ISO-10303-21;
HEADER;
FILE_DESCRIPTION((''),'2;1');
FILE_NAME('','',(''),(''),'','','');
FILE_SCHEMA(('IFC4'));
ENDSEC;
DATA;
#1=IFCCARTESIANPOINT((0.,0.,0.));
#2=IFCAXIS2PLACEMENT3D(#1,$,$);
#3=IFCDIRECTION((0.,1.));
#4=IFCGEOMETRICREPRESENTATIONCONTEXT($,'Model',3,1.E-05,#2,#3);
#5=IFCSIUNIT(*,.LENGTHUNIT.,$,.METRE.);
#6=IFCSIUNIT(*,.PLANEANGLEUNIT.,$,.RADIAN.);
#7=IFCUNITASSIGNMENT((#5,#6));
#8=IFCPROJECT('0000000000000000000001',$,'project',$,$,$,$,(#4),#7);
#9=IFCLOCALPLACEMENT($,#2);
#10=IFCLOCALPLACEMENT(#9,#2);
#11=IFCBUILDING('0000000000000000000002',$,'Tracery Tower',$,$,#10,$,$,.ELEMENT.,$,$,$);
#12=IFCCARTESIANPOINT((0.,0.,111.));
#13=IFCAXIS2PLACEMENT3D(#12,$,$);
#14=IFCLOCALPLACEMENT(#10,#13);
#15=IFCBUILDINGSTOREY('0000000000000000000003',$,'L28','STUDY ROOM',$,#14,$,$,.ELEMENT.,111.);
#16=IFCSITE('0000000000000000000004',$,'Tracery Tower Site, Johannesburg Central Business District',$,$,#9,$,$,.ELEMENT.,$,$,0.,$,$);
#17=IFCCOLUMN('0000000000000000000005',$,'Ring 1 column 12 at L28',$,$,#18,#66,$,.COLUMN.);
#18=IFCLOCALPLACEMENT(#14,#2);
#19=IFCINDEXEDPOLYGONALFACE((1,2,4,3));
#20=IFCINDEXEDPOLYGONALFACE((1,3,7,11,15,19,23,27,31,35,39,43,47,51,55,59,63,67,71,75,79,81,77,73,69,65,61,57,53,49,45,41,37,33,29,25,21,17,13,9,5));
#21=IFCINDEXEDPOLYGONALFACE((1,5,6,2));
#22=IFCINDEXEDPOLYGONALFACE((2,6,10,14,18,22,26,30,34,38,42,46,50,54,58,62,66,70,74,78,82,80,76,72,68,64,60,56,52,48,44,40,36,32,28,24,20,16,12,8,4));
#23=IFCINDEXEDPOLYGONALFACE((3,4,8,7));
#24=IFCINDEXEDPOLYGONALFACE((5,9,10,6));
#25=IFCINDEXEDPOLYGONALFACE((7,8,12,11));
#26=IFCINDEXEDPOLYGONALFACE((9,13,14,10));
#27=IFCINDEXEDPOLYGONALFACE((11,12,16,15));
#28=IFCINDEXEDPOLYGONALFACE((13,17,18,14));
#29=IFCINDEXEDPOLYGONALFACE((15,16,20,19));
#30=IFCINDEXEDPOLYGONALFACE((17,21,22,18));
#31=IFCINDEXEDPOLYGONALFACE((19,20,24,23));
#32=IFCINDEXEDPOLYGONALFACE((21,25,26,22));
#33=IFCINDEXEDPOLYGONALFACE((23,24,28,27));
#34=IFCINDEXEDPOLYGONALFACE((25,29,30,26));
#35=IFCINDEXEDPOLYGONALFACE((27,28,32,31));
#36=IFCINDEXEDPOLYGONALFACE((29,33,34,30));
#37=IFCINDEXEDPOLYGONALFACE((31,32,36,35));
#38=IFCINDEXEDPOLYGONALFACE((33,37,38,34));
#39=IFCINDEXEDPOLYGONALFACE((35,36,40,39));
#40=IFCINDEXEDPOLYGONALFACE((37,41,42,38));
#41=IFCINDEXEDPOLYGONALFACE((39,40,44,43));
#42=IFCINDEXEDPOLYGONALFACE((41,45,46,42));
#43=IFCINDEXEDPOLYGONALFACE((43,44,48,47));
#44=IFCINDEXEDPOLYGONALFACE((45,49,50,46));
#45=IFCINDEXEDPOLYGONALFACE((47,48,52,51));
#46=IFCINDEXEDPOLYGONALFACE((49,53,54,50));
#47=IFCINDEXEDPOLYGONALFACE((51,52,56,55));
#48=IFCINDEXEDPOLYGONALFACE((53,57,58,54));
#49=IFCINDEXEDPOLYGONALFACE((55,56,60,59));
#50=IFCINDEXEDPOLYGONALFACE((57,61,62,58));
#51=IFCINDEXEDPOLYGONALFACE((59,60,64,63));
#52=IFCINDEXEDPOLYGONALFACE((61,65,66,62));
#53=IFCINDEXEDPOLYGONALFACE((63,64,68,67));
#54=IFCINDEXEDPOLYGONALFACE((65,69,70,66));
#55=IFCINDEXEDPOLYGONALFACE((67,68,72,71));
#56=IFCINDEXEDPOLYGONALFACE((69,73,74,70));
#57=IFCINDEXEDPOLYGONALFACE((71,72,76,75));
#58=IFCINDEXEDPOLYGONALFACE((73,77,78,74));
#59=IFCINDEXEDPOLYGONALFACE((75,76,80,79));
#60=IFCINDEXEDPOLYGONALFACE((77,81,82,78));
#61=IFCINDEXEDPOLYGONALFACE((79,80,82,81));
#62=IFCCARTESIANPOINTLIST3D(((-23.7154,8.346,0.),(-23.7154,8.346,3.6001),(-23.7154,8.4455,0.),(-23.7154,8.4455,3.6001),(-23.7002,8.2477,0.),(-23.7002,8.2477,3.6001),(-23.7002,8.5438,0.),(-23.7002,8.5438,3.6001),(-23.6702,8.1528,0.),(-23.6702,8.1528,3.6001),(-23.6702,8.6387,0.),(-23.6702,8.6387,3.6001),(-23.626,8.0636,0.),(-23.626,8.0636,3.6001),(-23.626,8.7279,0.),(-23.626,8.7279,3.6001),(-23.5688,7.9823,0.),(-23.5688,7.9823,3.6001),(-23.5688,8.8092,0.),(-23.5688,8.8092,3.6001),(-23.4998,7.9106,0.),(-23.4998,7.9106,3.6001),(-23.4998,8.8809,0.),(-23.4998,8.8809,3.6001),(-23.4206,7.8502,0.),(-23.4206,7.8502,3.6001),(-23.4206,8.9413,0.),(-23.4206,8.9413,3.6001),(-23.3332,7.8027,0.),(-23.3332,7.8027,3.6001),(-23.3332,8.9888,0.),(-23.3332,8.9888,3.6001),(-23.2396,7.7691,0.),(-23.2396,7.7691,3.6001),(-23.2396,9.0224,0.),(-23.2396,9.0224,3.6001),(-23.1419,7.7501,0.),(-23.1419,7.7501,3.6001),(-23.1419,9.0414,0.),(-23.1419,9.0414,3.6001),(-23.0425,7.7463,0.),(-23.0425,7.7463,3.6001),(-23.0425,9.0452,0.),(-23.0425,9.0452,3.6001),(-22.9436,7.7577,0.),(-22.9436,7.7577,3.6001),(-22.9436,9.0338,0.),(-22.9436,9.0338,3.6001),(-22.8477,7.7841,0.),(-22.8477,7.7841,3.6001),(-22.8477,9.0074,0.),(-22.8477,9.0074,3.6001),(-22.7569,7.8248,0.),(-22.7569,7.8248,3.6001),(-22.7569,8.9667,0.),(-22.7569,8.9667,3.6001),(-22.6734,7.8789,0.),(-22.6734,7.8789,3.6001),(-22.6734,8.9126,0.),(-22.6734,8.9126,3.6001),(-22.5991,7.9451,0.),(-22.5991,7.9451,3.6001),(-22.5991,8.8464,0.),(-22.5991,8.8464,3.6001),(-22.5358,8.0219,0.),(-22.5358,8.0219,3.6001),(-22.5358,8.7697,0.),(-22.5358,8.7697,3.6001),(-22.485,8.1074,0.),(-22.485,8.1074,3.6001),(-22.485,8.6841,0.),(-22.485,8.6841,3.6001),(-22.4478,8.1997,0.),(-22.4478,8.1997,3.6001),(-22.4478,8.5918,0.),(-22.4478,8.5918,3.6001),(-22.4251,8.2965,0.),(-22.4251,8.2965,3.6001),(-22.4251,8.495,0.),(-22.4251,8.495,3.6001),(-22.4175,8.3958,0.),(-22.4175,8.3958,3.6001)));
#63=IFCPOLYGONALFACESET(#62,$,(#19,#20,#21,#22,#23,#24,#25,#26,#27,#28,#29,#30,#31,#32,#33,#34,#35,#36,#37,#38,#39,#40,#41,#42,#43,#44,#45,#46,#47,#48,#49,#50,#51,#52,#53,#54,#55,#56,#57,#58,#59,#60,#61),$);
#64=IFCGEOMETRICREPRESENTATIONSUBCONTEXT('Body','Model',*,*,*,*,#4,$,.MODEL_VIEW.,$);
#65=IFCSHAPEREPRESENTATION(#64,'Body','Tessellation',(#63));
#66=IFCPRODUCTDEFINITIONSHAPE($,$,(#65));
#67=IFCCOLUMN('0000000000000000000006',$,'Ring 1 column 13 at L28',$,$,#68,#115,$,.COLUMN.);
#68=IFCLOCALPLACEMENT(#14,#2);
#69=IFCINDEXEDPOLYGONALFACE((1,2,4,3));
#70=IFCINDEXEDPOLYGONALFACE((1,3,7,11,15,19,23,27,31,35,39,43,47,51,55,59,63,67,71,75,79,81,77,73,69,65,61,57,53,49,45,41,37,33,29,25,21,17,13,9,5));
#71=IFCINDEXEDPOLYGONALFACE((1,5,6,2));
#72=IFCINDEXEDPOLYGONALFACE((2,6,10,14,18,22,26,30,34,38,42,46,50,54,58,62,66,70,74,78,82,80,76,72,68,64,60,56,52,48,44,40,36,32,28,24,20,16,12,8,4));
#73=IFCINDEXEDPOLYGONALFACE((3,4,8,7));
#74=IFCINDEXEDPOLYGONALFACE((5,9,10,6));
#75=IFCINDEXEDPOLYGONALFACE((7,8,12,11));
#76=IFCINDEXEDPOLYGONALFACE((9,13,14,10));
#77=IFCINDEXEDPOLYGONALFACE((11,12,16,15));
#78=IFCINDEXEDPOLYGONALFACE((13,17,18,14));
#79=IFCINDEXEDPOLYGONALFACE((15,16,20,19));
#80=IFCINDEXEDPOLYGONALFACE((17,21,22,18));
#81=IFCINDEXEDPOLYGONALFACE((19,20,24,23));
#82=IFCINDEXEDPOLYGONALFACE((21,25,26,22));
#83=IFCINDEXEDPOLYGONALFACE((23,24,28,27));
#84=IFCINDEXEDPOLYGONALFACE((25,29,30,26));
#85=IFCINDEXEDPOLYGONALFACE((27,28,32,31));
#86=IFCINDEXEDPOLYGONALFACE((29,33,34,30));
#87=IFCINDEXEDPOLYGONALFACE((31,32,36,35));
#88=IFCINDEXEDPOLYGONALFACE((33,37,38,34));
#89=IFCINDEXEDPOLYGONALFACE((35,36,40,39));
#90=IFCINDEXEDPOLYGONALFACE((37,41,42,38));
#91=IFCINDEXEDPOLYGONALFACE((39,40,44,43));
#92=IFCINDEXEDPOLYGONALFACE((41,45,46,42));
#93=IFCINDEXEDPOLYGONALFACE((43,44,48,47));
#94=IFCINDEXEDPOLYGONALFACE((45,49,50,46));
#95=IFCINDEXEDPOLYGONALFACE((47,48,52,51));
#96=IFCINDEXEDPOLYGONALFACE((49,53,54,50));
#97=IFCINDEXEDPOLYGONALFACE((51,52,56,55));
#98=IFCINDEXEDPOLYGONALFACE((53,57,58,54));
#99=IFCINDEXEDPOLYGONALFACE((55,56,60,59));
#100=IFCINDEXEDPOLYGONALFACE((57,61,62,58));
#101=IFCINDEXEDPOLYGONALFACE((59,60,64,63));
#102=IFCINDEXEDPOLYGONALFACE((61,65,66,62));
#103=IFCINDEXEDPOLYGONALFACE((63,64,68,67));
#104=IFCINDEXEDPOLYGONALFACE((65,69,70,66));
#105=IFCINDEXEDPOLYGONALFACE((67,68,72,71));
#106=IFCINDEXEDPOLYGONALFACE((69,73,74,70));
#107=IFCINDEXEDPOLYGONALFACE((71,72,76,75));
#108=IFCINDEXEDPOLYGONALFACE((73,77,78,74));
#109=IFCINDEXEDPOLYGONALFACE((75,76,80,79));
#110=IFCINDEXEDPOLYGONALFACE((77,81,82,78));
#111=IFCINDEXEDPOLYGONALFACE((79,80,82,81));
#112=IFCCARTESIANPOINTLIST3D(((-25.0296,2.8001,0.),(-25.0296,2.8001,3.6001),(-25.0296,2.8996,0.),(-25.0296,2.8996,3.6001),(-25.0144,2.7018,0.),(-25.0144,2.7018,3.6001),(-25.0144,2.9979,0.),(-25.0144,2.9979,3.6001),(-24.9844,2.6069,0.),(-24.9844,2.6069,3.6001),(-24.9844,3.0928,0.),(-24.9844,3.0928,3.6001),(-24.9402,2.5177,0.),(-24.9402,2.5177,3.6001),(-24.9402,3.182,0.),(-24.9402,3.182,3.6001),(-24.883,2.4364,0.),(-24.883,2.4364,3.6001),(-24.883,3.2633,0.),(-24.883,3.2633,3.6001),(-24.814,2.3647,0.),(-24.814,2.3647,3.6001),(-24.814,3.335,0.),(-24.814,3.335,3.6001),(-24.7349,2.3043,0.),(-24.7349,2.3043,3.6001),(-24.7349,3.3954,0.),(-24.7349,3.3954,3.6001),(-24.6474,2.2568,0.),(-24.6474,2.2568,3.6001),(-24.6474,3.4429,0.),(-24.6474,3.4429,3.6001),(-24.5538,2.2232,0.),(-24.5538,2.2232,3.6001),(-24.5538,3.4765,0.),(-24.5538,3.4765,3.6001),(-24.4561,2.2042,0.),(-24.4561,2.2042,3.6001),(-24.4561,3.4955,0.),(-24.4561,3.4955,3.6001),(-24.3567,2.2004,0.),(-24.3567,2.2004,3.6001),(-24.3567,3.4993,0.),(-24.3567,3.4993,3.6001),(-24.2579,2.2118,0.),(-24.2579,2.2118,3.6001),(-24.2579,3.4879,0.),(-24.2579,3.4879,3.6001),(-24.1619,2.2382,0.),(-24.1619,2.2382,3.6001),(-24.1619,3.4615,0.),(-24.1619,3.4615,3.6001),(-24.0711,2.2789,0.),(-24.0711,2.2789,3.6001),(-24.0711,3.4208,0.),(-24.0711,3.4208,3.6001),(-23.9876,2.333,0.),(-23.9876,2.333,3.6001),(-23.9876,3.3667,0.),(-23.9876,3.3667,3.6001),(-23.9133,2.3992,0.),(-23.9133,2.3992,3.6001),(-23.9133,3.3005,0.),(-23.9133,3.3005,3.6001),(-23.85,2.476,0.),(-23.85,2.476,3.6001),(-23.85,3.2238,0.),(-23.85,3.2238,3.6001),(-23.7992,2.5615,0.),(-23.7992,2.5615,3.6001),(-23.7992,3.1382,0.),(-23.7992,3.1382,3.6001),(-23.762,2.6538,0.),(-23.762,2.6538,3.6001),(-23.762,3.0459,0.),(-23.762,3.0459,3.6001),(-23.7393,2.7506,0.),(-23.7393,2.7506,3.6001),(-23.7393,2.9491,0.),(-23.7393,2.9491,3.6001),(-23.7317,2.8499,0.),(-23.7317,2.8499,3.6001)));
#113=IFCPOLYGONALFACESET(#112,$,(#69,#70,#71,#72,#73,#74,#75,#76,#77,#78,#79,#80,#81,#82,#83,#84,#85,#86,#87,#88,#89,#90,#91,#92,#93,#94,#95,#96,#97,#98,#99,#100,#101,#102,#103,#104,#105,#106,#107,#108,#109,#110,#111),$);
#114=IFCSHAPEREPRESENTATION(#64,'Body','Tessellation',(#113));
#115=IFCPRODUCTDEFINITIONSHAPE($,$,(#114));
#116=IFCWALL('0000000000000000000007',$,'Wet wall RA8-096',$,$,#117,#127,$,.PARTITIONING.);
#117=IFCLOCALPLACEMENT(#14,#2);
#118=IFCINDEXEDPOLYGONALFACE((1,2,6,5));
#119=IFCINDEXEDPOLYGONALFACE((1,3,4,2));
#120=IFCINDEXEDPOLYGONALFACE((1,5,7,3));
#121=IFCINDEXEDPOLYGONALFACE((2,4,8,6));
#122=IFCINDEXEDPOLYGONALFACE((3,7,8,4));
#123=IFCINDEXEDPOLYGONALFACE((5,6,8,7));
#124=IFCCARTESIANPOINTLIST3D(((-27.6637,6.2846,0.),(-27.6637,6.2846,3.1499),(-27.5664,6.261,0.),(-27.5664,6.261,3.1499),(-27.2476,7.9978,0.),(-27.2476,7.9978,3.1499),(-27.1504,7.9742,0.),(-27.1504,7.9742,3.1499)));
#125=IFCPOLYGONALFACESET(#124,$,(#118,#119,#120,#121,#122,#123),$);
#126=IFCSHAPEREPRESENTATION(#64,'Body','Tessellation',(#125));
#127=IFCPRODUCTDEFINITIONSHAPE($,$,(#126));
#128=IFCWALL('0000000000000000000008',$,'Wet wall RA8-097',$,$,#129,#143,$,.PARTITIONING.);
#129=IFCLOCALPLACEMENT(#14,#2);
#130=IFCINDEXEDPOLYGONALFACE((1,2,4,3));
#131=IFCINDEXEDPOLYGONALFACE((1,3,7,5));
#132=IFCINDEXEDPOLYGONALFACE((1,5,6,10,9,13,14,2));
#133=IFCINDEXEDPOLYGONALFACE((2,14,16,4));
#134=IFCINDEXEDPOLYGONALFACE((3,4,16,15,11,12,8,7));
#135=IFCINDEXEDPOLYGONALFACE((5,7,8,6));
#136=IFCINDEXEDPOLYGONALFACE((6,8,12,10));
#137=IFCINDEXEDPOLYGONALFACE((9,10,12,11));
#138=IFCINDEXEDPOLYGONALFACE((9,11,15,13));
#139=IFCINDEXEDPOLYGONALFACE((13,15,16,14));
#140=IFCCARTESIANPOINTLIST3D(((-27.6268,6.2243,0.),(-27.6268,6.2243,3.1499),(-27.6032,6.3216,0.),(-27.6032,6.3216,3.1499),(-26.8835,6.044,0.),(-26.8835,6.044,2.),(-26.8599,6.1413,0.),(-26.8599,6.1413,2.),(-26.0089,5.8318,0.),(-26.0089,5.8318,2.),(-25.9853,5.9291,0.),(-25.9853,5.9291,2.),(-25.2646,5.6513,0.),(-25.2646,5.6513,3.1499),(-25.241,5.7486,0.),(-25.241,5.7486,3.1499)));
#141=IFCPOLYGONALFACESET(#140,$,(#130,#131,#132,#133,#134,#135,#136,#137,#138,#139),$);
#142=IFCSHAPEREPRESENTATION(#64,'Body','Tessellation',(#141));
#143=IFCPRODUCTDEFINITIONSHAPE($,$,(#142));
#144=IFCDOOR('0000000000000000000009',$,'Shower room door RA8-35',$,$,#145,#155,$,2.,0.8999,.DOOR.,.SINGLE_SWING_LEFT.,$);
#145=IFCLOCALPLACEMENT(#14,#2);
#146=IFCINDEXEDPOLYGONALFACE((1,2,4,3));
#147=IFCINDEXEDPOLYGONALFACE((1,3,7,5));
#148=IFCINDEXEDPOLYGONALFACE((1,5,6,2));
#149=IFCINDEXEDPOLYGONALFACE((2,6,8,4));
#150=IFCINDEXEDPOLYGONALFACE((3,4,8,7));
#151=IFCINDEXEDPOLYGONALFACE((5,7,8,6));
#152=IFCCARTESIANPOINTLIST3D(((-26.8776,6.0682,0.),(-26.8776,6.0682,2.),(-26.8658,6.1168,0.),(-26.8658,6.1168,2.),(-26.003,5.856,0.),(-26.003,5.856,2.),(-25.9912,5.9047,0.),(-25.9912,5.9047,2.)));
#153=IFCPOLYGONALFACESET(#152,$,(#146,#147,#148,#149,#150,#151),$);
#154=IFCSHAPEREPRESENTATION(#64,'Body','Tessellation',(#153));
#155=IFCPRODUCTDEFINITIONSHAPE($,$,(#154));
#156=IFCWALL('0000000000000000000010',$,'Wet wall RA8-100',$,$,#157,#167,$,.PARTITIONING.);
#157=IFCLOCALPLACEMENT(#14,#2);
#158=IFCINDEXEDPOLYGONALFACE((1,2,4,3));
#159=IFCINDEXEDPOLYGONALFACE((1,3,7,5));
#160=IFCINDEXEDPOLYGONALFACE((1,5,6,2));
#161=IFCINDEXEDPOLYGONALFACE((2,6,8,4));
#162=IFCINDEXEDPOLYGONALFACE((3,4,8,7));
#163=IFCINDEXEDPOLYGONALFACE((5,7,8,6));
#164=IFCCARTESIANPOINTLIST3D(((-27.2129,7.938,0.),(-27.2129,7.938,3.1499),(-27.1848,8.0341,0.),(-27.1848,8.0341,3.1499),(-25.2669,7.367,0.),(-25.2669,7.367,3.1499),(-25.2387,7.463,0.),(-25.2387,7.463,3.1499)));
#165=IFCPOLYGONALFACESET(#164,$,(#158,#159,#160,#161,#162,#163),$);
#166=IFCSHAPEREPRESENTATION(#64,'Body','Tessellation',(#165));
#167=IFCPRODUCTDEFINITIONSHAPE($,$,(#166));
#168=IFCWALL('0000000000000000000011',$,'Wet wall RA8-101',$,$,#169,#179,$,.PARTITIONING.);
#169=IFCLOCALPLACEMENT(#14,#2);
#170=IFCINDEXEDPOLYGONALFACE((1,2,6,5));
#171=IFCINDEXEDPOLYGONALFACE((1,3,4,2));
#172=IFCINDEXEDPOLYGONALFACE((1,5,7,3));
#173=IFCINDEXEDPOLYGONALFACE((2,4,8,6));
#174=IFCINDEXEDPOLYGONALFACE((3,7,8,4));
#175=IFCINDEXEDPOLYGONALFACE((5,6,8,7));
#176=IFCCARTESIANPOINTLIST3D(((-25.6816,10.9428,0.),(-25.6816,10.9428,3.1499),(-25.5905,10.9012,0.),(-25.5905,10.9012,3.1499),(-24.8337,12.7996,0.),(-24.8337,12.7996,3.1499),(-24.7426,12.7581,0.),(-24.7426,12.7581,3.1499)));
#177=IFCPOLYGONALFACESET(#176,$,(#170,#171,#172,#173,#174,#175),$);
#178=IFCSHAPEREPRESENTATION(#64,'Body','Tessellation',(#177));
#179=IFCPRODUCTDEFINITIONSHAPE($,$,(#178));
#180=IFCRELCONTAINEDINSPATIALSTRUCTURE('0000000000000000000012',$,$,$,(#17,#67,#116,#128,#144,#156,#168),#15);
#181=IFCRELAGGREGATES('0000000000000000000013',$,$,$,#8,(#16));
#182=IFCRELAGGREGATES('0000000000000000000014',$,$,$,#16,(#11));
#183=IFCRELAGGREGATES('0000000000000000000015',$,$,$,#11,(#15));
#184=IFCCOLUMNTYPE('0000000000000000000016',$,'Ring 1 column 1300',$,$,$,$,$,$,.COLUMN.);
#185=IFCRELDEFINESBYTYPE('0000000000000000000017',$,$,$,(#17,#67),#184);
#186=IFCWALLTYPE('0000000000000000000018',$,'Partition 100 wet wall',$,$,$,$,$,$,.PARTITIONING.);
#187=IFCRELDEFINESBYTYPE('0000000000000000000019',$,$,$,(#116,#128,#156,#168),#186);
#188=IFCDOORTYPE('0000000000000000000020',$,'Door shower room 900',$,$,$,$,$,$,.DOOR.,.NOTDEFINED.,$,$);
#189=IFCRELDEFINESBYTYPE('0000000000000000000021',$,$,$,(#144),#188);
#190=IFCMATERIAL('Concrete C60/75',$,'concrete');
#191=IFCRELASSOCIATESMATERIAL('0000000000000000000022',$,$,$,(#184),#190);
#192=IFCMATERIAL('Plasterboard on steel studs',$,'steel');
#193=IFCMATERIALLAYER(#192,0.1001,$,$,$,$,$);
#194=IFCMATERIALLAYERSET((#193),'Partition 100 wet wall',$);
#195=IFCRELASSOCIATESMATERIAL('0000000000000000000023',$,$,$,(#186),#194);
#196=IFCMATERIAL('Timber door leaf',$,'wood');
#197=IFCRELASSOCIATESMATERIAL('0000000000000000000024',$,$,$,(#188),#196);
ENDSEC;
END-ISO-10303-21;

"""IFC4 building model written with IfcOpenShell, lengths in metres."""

from ifc_helpers import new_model, si_unit, direction, frame, frame_2d, origin, origin_2d, place, context, subcontext, project, spatial, rectangle, circle, extrude, material, layer, layer_set, material_profile, profile_set, type_object, element, fill, save


model = new_model("IFC4")

# Units and contexts
model_context = context("Model", 3, precision=1e-05, world=origin(), true_north=direction((0.0, 1.0)))
body_context = subcontext(model_context, "Body", "Model", "MODEL_VIEW")
ifc_project = project(units=[si_unit("LENGTHUNIT", "METRE"), si_unit("PLANEANGLEUNIT", "RADIAN")], contexts=[model_context])

# Site, building, storey
site_placement = place(None, origin())
site = spatial("IfcSite", under=ifc_project, at=site_placement, Name="Tracery Tower Site, Johannesburg Central Business District", CompositionType="ELEMENT", RefElevation=0.0)
building_placement = place(site_placement, origin())
building = spatial("IfcBuilding", under=site, at=building_placement, Name="Tracery Tower", CompositionType="ELEMENT")
storey_placement = place(building_placement, frame((0.0, 0.0, 111.0)))
storey = spatial("IfcBuildingStorey", under=building, at=storey_placement, Name="L28", Description="STUDY ROOM", CompositionType="ELEMENT", Elevation=111.0)

# Columns
ifc_material_1 = material(Name="Concrete C60/75", Category="concrete")
ifc_material_profile = material_profile(ifc_material_1, circle(Radius=0.6499, at=origin_2d()), Name="RC D1300")
ifc_profile_set = profile_set([ifc_material_profile], Name="Concrete C60/75")
column_type = type_object("IfcColumnType", Name="Ring 1 column 1300", PredefinedType="COLUMN", material=ifc_profile_set)
for number, where, z_axis, x_axis, name in (
    (1, (-23.0674, 8.3958, 0.0), (0.0, 0.0, 1.0), (1.0, 0.0, 0.0), "Ring 1 column 12 at L28"),
    (2, (-24.3816, 2.8499, 0.0), (0.0, 0.0, 1.0), (1.0, 0.0, 0.0), "Ring 1 column 13 at L28"),
):
    element("IfcColumn", number, at=place(storey_placement, frame(where, z_axis=z_axis, x_axis=x_axis)), inside=storey, type_object=column_type, Name=name, PredefinedType="COLUMN", context=body_context, shape_type="SweptSolid", body=[
        extrude(circle(Radius=0.6499, at=origin_2d()), origin(), (0.0, 0.0, 1.0), 3.6001),
    ])

# Wall
ifc_material_2 = material(Name="Plasterboard on steel studs", Category="steel")
ifc_layer_1 = layer(ifc_material_2, 0.1001)
ifc_layer_set_1 = layer_set([ifc_layer_1], Name="Partition 100 wet wall")
wall_type_1 = type_object("IfcWallType", Name="Partition 100 wet wall", PredefinedType="PARTITIONING", material=ifc_layer_set_1)
wall_1_placement = place(storey_placement, frame((-27.615, 6.2729, 0.0), z_axis=(0.0, 0.0, 1.0), x_axis=(0.235981, 0.971758, 0.0)))
element("IfcWall", 3, at=wall_1_placement, inside=storey, type_object=wall_type_1, Name="Wet wall RA8-096", PredefinedType="PARTITIONING", context=body_context, shape_type="SweptSolid", body=[
    extrude(rectangle(XDim=1.7629, YDim=0.1001, at=frame_2d((0.8813, 0.0))), origin(), (0.0, 0.0, 1.0), 3.1499),
])

# Wall, opening, door
wall_2_placement = place(storey_placement, frame((-27.615, 6.2729, 0.0), z_axis=(0.0, 0.0, 1.0), x_axis=(0.971815, -0.235747, 0.0)))
wall_2 = element("IfcWall", 4, at=wall_2_placement, inside=storey, type_object=wall_type_1, Name="Wet wall RA8-097", PredefinedType="PARTITIONING", context=body_context, shape_type="SweptSolid", body=[
    extrude(rectangle(XDim=2.4307, YDim=0.1001, at=frame_2d((1.2153, 0.0))), origin(), (0.0, 0.0, 1.0), 3.1499),
])
opening_1_placement = place(wall_2_placement, frame((0.7649, 0.0, 0.0)))
opening_1 = element("IfcOpeningElement", 5, at=opening_1_placement, cuts=wall_2, PredefinedType="OPENING", context=body_context, shape_type="SweptSolid", body=[
    extrude(rectangle(XDim=0.8999, YDim=2.0, at=frame_2d((0.45, 1.0))), frame((0.0, 0.05, 0.0), z_axis=(0.0, -1.0, 0.0), x_axis=(1.0, 0.0, 0.0)), (0.0, 0.0, 1.0), 0.1001),
])
ifc_material_3 = material(Name="Timber door leaf", Category="wood")
door_type_1 = type_object("IfcDoorType", Name="Door shower room 900", OperationType="NOTDEFINED", PredefinedType="DOOR", material=ifc_material_3)
door_1_placement = place(opening_1_placement, origin())
door_1 = element("IfcDoor", 6, at=door_1_placement, inside=storey, type_object=door_type_1, Name="Shower room door RA8-35", OperationType="SINGLE_SWING_LEFT", OverallHeight=2.0, OverallWidth=0.8999, PredefinedType="DOOR", context=body_context, shape_type="SweptSolid", body=[
    extrude(rectangle(XDim=0.8999, YDim=2.0, at=frame_2d((0.45, 1.0))), frame((0.0, 0.0249, 0.0), z_axis=(0.0, -1.0, 0.0), x_axis=(1.0, 0.0, 0.0)), (0.0, 0.0, 1.0), 0.05),
])
fill(opening_1, door_1)

# Walls
wall_3_placement = place(storey_placement, frame((-27.199, 7.9861, 0.0), z_axis=(0.0, 0.0, 1.0), x_axis=(0.959542, -0.281567, 0.0)))
element("IfcWall", 7, at=wall_3_placement, inside=storey, type_object=wall_type_1, Name="Wet wall RA8-100", PredefinedType="PARTITIONING", context=body_context, shape_type="SweptSolid", body=[
    extrude(rectangle(XDim=2.0281, YDim=0.1001, at=frame_2d((1.0142, 0.0))), origin(), (0.0, 0.0, 1.0), 3.1499),
])
wall_4_placement = place(storey_placement, frame((-25.636, 10.9221, 0.0), z_axis=(0.0, 0.0, 1.0), x_axis=(0.415361, 0.909657, 0.0)))
element("IfcWall", 8, at=wall_4_placement, inside=storey, type_object=wall_type_1, Name="Wet wall RA8-101", PredefinedType="PARTITIONING", context=body_context, shape_type="SweptSolid", body=[
    extrude(rectangle(XDim=2.0413, YDim=0.1001, at=frame_2d((1.0205, 0.0))), origin(), (0.0, 0.0, 1.0), 3.1499),
])

save(model, "model.ifc")
